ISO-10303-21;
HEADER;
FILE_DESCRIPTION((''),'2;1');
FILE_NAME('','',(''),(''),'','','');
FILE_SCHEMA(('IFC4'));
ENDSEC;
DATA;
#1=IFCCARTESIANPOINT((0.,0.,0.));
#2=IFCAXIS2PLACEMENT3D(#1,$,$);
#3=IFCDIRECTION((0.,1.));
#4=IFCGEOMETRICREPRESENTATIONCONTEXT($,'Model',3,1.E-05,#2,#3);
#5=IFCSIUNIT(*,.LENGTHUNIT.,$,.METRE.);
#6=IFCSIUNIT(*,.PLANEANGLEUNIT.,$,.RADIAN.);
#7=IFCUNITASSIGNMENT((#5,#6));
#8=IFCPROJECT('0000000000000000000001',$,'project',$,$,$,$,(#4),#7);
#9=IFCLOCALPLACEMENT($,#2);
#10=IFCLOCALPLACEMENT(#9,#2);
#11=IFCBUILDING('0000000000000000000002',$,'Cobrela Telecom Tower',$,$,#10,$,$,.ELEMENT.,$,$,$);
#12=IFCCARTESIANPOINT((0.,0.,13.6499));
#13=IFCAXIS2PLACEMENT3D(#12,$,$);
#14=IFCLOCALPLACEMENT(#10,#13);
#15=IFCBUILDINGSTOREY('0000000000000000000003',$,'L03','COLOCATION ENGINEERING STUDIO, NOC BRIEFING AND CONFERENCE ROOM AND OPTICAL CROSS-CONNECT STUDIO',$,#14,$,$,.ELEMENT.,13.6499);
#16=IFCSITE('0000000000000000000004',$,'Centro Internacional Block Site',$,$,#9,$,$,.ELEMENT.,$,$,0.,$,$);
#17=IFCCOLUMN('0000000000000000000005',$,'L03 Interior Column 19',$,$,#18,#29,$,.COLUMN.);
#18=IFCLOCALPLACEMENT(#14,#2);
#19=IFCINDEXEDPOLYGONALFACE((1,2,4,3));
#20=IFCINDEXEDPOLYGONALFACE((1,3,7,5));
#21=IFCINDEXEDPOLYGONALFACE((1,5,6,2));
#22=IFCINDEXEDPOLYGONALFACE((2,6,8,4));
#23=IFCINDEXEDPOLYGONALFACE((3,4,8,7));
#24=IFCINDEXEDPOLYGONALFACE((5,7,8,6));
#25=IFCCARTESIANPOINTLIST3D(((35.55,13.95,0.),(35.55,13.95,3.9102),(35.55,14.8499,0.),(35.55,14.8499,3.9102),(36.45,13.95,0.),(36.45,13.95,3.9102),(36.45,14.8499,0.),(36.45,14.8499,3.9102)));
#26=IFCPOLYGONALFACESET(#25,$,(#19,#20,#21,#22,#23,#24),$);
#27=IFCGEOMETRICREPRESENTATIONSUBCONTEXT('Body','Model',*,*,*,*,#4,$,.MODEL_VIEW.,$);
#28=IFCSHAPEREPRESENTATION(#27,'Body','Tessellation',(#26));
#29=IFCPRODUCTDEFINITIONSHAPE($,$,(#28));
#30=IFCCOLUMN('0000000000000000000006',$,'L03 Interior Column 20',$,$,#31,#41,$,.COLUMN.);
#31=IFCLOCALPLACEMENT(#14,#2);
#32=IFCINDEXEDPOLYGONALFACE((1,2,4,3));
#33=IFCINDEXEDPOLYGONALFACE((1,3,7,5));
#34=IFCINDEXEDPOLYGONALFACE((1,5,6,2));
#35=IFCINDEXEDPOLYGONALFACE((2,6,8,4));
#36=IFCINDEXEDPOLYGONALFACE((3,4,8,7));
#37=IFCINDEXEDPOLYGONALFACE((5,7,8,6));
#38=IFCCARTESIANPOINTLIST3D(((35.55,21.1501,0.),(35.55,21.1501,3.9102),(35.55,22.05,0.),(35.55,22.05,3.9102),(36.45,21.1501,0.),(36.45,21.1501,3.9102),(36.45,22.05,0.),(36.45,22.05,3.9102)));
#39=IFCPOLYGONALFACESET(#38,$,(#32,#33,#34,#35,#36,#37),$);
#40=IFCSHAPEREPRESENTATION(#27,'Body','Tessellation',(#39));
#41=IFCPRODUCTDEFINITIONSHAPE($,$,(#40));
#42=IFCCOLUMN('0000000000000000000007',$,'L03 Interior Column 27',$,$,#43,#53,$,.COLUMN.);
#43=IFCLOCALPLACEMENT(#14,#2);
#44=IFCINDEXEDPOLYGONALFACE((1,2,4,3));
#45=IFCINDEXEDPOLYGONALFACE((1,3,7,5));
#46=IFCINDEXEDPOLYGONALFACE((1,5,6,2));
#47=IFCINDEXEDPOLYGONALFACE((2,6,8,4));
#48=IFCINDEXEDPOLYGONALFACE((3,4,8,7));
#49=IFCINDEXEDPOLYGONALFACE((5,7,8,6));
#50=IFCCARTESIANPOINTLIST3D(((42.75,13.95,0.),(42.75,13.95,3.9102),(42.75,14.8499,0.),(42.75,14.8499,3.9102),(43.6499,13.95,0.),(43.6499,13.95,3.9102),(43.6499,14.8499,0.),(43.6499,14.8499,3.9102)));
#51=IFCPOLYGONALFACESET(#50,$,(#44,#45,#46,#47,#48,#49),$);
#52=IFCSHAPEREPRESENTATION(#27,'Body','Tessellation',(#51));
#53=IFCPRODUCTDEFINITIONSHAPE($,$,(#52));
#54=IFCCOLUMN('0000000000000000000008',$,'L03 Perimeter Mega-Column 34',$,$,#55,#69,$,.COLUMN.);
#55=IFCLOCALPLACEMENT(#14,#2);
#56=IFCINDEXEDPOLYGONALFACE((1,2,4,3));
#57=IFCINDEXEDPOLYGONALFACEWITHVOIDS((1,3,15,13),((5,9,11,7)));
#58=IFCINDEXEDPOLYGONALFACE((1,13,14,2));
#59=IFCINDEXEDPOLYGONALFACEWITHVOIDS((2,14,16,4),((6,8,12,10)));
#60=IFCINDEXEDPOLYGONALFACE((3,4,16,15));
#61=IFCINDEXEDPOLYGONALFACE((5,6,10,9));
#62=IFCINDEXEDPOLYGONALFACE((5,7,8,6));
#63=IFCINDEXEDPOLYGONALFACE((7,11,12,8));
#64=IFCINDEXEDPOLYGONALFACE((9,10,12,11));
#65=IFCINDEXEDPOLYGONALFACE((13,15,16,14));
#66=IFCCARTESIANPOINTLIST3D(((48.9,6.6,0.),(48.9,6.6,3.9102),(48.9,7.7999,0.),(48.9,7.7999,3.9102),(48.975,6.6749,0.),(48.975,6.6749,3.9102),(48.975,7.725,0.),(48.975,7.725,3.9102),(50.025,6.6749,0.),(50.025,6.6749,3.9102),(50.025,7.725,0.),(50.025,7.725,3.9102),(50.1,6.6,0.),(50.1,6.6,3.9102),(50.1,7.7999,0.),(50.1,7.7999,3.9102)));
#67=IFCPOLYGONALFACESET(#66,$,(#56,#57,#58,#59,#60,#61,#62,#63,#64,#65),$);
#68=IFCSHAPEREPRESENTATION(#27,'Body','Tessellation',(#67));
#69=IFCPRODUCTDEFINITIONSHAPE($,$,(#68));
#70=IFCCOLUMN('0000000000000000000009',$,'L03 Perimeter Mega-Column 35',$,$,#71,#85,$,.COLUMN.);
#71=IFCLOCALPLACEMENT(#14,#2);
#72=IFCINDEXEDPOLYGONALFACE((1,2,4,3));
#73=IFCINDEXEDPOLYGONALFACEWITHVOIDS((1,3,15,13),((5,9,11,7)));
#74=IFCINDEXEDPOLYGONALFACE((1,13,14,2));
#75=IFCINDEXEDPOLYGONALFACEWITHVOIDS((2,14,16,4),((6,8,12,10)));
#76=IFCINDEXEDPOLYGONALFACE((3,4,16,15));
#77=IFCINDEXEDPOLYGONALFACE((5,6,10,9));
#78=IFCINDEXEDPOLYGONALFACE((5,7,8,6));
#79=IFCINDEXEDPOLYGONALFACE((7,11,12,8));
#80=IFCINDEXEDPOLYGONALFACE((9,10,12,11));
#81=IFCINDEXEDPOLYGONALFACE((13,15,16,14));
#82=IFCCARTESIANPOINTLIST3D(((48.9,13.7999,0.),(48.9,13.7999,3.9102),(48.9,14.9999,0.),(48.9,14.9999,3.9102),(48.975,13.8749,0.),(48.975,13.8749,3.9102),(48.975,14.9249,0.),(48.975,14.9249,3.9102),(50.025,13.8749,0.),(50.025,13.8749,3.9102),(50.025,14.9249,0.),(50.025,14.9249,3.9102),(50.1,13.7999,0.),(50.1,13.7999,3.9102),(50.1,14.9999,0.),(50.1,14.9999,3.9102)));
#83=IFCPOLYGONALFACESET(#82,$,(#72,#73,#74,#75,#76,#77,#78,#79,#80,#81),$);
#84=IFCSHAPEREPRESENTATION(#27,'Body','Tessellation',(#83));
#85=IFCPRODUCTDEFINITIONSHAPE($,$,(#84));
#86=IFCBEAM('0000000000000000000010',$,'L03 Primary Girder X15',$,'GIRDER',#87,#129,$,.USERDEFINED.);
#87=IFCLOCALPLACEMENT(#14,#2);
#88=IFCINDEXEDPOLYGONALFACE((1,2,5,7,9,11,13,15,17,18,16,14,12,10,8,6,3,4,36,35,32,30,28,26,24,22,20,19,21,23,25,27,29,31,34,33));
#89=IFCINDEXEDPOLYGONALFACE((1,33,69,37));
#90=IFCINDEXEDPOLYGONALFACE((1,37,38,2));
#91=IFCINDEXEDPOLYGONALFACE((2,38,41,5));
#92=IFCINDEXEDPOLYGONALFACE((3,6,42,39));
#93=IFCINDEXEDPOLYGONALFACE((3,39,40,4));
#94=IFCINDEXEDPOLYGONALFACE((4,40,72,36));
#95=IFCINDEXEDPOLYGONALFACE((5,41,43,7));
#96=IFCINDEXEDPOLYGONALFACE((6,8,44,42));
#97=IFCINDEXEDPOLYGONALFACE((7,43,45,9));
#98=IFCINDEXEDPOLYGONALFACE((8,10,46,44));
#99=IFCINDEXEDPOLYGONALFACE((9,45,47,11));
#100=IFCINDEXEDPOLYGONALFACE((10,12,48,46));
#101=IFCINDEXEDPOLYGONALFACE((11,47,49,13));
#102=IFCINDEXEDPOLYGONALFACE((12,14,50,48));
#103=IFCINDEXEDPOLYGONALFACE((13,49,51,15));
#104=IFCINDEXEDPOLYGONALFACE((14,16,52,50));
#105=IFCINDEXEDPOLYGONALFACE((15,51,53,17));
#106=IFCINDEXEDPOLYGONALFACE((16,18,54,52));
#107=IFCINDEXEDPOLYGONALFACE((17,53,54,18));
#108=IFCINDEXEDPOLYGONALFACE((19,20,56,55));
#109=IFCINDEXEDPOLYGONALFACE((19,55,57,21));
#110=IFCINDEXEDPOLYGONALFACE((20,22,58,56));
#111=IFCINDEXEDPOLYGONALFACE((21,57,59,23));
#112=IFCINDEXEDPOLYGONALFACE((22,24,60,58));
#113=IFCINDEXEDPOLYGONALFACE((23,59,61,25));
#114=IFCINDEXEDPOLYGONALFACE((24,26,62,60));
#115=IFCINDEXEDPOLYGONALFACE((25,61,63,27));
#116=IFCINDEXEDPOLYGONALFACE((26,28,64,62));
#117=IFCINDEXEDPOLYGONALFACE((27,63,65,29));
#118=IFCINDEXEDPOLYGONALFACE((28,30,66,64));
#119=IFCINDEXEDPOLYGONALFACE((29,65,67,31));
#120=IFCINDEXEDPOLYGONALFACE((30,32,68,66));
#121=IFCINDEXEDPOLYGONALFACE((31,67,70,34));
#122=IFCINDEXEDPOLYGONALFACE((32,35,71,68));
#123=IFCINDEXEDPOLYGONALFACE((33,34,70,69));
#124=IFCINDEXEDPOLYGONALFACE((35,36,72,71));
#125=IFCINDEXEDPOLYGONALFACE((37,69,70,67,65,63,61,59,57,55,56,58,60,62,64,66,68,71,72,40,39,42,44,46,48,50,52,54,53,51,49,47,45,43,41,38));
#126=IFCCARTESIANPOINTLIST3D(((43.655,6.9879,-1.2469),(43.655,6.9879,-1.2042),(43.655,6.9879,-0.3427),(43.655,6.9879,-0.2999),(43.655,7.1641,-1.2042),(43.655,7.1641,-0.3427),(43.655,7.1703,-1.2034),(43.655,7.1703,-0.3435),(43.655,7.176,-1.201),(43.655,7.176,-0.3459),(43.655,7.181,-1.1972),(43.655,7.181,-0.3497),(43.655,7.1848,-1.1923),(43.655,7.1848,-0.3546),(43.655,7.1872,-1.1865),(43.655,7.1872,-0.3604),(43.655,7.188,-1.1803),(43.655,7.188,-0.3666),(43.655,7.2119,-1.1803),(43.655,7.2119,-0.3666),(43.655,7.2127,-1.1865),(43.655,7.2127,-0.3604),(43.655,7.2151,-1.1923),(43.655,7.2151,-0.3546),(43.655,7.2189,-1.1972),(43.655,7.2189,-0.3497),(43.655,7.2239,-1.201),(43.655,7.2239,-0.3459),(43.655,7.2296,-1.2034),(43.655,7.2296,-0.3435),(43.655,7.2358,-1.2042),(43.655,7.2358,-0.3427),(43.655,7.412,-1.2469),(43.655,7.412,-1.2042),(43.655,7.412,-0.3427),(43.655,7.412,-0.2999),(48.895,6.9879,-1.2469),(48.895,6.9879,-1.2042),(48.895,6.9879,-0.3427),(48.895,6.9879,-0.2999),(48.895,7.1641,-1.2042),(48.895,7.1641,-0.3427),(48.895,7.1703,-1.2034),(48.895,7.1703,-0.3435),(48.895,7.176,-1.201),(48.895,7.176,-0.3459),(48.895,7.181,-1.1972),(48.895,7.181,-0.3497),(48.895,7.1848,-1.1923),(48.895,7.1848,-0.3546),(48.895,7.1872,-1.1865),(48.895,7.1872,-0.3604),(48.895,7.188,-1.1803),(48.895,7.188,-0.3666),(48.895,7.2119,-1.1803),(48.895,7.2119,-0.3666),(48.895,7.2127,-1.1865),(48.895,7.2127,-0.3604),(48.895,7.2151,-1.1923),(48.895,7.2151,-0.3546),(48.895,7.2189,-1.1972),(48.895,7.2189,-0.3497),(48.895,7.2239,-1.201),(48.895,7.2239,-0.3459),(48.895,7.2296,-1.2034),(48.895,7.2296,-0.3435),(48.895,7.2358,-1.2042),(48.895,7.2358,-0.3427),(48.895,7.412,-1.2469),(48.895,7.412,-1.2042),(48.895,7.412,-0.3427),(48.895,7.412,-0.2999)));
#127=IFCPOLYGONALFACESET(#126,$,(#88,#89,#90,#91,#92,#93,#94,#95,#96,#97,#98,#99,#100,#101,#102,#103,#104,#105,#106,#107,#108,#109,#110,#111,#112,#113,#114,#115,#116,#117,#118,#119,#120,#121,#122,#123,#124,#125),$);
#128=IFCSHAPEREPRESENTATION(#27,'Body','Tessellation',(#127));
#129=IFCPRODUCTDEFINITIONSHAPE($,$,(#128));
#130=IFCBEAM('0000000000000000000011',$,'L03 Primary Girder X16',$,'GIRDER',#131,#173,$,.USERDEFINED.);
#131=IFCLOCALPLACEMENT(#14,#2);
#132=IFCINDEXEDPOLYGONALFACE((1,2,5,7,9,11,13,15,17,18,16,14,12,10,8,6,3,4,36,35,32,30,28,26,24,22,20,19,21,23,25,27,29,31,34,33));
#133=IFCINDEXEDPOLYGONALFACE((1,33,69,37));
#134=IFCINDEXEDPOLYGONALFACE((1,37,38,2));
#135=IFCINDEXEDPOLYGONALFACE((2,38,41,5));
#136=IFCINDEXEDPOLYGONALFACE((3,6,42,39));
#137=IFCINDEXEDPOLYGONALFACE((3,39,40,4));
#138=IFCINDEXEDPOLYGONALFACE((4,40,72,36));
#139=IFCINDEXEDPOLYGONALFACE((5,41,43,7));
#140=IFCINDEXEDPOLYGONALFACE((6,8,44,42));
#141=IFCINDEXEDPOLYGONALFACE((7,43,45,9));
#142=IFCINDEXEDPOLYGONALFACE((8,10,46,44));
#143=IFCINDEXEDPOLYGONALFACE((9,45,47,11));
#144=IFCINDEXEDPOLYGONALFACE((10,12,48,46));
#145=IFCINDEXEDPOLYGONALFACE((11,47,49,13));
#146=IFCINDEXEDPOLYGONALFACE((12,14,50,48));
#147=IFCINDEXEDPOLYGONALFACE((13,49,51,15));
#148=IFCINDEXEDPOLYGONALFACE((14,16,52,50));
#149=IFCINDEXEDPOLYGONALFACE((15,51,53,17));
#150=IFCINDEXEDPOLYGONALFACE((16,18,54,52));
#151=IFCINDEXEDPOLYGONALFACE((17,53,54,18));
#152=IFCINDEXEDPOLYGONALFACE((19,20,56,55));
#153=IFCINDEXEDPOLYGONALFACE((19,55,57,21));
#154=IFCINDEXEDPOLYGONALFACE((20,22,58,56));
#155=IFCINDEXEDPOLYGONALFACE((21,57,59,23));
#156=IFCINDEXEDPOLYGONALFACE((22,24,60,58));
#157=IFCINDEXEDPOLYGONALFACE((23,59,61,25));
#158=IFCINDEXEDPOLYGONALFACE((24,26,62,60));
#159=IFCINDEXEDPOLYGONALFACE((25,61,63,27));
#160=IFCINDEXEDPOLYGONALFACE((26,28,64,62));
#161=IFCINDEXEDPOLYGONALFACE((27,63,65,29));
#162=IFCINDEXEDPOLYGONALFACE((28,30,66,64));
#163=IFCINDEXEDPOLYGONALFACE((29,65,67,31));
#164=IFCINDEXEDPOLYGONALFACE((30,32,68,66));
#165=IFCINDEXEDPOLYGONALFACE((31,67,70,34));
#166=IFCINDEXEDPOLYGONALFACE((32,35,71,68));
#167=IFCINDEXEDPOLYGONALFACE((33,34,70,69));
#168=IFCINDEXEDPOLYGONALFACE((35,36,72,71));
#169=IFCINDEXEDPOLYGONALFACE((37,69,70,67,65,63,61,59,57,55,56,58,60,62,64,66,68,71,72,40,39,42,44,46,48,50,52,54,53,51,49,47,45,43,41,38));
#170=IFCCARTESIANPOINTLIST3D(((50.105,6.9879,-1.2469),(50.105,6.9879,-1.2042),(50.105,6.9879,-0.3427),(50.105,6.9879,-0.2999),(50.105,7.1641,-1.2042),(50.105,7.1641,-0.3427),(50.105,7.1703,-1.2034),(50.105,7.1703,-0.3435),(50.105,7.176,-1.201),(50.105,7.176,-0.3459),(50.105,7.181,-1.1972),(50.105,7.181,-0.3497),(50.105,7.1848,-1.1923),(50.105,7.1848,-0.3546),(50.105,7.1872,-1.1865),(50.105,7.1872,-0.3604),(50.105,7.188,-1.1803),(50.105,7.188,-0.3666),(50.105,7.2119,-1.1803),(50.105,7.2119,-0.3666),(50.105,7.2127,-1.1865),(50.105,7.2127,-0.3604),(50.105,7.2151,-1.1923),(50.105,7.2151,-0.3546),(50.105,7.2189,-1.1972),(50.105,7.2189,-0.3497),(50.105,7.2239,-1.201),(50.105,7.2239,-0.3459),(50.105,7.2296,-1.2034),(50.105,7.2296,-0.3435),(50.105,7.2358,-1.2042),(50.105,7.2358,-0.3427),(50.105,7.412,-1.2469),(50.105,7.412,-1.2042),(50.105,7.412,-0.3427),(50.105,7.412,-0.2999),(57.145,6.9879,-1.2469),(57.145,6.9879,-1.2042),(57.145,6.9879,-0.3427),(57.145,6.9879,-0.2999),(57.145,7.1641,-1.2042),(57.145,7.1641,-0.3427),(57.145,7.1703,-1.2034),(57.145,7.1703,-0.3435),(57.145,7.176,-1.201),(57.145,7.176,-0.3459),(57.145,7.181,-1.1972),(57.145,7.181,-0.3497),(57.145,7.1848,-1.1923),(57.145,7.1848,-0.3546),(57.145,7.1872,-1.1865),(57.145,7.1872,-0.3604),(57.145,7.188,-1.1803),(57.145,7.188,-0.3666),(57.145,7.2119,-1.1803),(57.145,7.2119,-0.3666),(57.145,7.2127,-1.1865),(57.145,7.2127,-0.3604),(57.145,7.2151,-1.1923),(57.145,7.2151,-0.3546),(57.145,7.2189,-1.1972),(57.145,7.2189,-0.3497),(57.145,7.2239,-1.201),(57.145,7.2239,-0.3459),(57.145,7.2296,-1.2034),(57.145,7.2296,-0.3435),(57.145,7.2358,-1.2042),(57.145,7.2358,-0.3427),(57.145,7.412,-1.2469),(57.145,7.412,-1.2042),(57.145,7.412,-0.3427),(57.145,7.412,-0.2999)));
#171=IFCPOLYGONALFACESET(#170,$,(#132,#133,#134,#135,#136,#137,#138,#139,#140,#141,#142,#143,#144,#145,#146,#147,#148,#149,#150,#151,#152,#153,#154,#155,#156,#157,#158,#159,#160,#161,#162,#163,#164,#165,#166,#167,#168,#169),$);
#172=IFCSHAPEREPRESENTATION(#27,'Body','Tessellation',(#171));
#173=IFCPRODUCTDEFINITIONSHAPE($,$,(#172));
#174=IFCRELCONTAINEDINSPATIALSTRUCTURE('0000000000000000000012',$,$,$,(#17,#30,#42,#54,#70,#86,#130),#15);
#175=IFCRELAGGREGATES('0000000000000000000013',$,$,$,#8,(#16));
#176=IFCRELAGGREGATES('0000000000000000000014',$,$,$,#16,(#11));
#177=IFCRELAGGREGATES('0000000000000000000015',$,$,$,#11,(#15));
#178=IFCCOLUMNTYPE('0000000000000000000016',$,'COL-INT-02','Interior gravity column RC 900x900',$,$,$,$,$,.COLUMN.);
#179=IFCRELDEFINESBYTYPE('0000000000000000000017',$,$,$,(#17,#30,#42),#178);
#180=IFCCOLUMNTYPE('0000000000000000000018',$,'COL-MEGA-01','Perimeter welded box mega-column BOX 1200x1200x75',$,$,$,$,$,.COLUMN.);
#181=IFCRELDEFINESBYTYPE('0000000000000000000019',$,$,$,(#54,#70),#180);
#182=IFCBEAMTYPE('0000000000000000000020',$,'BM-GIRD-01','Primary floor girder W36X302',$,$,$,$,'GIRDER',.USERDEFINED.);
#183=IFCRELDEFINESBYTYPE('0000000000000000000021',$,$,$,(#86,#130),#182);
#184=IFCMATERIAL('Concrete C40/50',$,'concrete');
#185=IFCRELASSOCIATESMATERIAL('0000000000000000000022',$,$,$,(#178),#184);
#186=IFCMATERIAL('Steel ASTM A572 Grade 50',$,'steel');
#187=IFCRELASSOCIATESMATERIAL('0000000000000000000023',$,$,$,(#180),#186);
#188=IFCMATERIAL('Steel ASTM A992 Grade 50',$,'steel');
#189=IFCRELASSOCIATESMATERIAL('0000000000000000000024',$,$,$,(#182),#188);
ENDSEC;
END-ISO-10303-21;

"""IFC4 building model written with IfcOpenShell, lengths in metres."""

from ifc_helpers import new_model, si_unit, direction, frame, origin, origin_2d, place, context, subcontext, project, spatial, rectangle, hollow_rectangle, i_section, extrude, material, material_profile, profile_set, type_object, element, save


model = new_model("IFC4")

# Units and contexts
model_context = context("Model", 3, precision=1e-05, world=origin(), true_north=direction((0.0, 1.0)))
body_context = subcontext(model_context, "Body", "Model", "MODEL_VIEW")
ifc_project = project(units=[si_unit("LENGTHUNIT", "METRE"), si_unit("PLANEANGLEUNIT", "RADIAN")], contexts=[model_context])

# Site, building, storey
site_placement = place(None, origin())
site = spatial("IfcSite", under=ifc_project, at=site_placement, Name="Centro Internacional Block Site", CompositionType="ELEMENT", RefElevation=0.0)
building_placement = place(site_placement, origin())
building = spatial("IfcBuilding", under=site, at=building_placement, Name="Cobrela Telecom Tower", CompositionType="ELEMENT")
storey_placement = place(building_placement, frame((0.0, 0.0, 13.6499)))
storey = spatial("IfcBuildingStorey", under=building, at=storey_placement, Name="L03", Description="COLOCATION ENGINEERING STUDIO, NOC BRIEFING AND CONFERENCE ROOM AND OPTICAL CROSS-CONNECT STUDIO", CompositionType="ELEMENT", Elevation=13.6499)

# Columns
ifc_material_1 = material(Name="Concrete C40/50", Category="concrete")
ifc_material_profile_1 = material_profile(ifc_material_1, rectangle(XDim=0.8999, YDim=0.8999, at=origin_2d()), Name="RC 900x900")
ifc_profile_set_1 = profile_set([ifc_material_profile_1], Name="Concrete C40/50")
column_type_1 = type_object("IfcColumnType", Name="COL-INT-02", Description="Interior gravity column RC 900x900", PredefinedType="COLUMN", material=ifc_profile_set_1)
for number, where, z_axis, x_axis, name in (
    (1, (36.0, 14.3999, 0.0), (0.0, 0.0, 1.0), (1.0, 0.0, 0.0), "L03 Interior Column 19"),
    (2, (36.0, 21.6001, 0.0), (0.0, 0.0, 1.0), (1.0, 0.0, 0.0), "L03 Interior Column 20"),
    (3, (43.2, 14.3999, 0.0), (0.0, 0.0, 1.0), (1.0, 0.0, 0.0), "L03 Interior Column 27"),
):
    element("IfcColumn", number, at=place(storey_placement, frame(where, z_axis=z_axis, x_axis=x_axis)), inside=storey, type_object=column_type_1, Name=name, PredefinedType="COLUMN", context=body_context, shape_type="SweptSolid", body=[
        extrude(rectangle(XDim=0.8999, YDim=0.8999, at=origin_2d()), origin(), (0.0, 0.0, 1.0), 3.9102),
    ])
ifc_material_2 = material(Name="Steel ASTM A572 Grade 50", Category="steel")
ifc_material_profile_2 = material_profile(ifc_material_2, hollow_rectangle(XDim=1.2, YDim=1.2, WallThickness=0.075, at=origin_2d()), Name="BOX 1200x1200x75")
ifc_profile_set_2 = profile_set([ifc_material_profile_2], Name="Steel ASTM A572 Grade 50")
column_type_2 = type_object("IfcColumnType", Name="COL-MEGA-01", Description="Perimeter welded box mega-column BOX 1200x1200x75", PredefinedType="COLUMN", material=ifc_profile_set_2)
for number, where, z_axis, x_axis, name in (
    (4, (49.5, 7.2, 0.0), (0.0, 0.0, 1.0), (1.0, 0.0, 0.0), "L03 Perimeter Mega-Column 34"),
    (5, (49.5, 14.3999, 0.0), (0.0, 0.0, 1.0), (1.0, 0.0, 0.0), "L03 Perimeter Mega-Column 35"),
):
    element("IfcColumn", number, at=place(storey_placement, frame(where, z_axis=z_axis, x_axis=x_axis)), inside=storey, type_object=column_type_2, Name=name, PredefinedType="COLUMN", context=body_context, shape_type="SweptSolid", body=[
        extrude(hollow_rectangle(XDim=1.2, YDim=1.2, WallThickness=0.075, at=origin_2d()), origin(), (0.0, 0.0, 1.0), 3.9102),
    ])

# Beams
ifc_material_3 = material(Name="Steel ASTM A992 Grade 50", Category="steel")
ifc_material_profile_3 = material_profile(ifc_material_3, i_section(OverallWidth=0.4241, OverallDepth=0.947, WebThickness=0.0239, FlangeThickness=0.0427, FilletRadius=0.0239, at=origin_2d()), Name="W36X302")
ifc_profile_set_3 = profile_set([ifc_material_profile_3], Name="Steel ASTM A992 Grade 50")
beam_type_1 = type_object("IfcBeamType", Name="BM-GIRD-01", Description="Primary floor girder W36X302", ElementType="GIRDER", PredefinedType="USERDEFINED", material=ifc_profile_set_3)
beam_1_placement = place(storey_placement, frame((43.655, 7.2, -0.7734), z_axis=(1.0, 0.0, 0.0), x_axis=(0.0, 1.0, 0.0)))
element("IfcBeam", 6, at=beam_1_placement, inside=storey, type_object=beam_type_1, Name="L03 Primary Girder X15", ObjectType="GIRDER", PredefinedType="USERDEFINED", context=body_context, shape_type="SweptSolid", body=[
    extrude(i_section(OverallWidth=0.4241, OverallDepth=0.947, WebThickness=0.0239, FlangeThickness=0.0427, FilletRadius=0.0239, at=origin_2d()), origin(), (0.0, 0.0, 1.0), 5.24),
])
beam_2_placement = place(storey_placement, frame((50.105, 7.2, -0.7734), z_axis=(1.0, 0.0, 0.0), x_axis=(0.0, 1.0, 0.0)))
element("IfcBeam", 7, at=beam_2_placement, inside=storey, type_object=beam_type_1, Name="L03 Primary Girder X16", ObjectType="GIRDER", PredefinedType="USERDEFINED", context=body_context, shape_type="SweptSolid", body=[
    extrude(i_section(OverallWidth=0.4241, OverallDepth=0.947, WebThickness=0.0239, FlangeThickness=0.0427, FilletRadius=0.0239, at=origin_2d()), origin(), (0.0, 0.0, 1.0), 7.04),
])

save(model, "model.ifc")
